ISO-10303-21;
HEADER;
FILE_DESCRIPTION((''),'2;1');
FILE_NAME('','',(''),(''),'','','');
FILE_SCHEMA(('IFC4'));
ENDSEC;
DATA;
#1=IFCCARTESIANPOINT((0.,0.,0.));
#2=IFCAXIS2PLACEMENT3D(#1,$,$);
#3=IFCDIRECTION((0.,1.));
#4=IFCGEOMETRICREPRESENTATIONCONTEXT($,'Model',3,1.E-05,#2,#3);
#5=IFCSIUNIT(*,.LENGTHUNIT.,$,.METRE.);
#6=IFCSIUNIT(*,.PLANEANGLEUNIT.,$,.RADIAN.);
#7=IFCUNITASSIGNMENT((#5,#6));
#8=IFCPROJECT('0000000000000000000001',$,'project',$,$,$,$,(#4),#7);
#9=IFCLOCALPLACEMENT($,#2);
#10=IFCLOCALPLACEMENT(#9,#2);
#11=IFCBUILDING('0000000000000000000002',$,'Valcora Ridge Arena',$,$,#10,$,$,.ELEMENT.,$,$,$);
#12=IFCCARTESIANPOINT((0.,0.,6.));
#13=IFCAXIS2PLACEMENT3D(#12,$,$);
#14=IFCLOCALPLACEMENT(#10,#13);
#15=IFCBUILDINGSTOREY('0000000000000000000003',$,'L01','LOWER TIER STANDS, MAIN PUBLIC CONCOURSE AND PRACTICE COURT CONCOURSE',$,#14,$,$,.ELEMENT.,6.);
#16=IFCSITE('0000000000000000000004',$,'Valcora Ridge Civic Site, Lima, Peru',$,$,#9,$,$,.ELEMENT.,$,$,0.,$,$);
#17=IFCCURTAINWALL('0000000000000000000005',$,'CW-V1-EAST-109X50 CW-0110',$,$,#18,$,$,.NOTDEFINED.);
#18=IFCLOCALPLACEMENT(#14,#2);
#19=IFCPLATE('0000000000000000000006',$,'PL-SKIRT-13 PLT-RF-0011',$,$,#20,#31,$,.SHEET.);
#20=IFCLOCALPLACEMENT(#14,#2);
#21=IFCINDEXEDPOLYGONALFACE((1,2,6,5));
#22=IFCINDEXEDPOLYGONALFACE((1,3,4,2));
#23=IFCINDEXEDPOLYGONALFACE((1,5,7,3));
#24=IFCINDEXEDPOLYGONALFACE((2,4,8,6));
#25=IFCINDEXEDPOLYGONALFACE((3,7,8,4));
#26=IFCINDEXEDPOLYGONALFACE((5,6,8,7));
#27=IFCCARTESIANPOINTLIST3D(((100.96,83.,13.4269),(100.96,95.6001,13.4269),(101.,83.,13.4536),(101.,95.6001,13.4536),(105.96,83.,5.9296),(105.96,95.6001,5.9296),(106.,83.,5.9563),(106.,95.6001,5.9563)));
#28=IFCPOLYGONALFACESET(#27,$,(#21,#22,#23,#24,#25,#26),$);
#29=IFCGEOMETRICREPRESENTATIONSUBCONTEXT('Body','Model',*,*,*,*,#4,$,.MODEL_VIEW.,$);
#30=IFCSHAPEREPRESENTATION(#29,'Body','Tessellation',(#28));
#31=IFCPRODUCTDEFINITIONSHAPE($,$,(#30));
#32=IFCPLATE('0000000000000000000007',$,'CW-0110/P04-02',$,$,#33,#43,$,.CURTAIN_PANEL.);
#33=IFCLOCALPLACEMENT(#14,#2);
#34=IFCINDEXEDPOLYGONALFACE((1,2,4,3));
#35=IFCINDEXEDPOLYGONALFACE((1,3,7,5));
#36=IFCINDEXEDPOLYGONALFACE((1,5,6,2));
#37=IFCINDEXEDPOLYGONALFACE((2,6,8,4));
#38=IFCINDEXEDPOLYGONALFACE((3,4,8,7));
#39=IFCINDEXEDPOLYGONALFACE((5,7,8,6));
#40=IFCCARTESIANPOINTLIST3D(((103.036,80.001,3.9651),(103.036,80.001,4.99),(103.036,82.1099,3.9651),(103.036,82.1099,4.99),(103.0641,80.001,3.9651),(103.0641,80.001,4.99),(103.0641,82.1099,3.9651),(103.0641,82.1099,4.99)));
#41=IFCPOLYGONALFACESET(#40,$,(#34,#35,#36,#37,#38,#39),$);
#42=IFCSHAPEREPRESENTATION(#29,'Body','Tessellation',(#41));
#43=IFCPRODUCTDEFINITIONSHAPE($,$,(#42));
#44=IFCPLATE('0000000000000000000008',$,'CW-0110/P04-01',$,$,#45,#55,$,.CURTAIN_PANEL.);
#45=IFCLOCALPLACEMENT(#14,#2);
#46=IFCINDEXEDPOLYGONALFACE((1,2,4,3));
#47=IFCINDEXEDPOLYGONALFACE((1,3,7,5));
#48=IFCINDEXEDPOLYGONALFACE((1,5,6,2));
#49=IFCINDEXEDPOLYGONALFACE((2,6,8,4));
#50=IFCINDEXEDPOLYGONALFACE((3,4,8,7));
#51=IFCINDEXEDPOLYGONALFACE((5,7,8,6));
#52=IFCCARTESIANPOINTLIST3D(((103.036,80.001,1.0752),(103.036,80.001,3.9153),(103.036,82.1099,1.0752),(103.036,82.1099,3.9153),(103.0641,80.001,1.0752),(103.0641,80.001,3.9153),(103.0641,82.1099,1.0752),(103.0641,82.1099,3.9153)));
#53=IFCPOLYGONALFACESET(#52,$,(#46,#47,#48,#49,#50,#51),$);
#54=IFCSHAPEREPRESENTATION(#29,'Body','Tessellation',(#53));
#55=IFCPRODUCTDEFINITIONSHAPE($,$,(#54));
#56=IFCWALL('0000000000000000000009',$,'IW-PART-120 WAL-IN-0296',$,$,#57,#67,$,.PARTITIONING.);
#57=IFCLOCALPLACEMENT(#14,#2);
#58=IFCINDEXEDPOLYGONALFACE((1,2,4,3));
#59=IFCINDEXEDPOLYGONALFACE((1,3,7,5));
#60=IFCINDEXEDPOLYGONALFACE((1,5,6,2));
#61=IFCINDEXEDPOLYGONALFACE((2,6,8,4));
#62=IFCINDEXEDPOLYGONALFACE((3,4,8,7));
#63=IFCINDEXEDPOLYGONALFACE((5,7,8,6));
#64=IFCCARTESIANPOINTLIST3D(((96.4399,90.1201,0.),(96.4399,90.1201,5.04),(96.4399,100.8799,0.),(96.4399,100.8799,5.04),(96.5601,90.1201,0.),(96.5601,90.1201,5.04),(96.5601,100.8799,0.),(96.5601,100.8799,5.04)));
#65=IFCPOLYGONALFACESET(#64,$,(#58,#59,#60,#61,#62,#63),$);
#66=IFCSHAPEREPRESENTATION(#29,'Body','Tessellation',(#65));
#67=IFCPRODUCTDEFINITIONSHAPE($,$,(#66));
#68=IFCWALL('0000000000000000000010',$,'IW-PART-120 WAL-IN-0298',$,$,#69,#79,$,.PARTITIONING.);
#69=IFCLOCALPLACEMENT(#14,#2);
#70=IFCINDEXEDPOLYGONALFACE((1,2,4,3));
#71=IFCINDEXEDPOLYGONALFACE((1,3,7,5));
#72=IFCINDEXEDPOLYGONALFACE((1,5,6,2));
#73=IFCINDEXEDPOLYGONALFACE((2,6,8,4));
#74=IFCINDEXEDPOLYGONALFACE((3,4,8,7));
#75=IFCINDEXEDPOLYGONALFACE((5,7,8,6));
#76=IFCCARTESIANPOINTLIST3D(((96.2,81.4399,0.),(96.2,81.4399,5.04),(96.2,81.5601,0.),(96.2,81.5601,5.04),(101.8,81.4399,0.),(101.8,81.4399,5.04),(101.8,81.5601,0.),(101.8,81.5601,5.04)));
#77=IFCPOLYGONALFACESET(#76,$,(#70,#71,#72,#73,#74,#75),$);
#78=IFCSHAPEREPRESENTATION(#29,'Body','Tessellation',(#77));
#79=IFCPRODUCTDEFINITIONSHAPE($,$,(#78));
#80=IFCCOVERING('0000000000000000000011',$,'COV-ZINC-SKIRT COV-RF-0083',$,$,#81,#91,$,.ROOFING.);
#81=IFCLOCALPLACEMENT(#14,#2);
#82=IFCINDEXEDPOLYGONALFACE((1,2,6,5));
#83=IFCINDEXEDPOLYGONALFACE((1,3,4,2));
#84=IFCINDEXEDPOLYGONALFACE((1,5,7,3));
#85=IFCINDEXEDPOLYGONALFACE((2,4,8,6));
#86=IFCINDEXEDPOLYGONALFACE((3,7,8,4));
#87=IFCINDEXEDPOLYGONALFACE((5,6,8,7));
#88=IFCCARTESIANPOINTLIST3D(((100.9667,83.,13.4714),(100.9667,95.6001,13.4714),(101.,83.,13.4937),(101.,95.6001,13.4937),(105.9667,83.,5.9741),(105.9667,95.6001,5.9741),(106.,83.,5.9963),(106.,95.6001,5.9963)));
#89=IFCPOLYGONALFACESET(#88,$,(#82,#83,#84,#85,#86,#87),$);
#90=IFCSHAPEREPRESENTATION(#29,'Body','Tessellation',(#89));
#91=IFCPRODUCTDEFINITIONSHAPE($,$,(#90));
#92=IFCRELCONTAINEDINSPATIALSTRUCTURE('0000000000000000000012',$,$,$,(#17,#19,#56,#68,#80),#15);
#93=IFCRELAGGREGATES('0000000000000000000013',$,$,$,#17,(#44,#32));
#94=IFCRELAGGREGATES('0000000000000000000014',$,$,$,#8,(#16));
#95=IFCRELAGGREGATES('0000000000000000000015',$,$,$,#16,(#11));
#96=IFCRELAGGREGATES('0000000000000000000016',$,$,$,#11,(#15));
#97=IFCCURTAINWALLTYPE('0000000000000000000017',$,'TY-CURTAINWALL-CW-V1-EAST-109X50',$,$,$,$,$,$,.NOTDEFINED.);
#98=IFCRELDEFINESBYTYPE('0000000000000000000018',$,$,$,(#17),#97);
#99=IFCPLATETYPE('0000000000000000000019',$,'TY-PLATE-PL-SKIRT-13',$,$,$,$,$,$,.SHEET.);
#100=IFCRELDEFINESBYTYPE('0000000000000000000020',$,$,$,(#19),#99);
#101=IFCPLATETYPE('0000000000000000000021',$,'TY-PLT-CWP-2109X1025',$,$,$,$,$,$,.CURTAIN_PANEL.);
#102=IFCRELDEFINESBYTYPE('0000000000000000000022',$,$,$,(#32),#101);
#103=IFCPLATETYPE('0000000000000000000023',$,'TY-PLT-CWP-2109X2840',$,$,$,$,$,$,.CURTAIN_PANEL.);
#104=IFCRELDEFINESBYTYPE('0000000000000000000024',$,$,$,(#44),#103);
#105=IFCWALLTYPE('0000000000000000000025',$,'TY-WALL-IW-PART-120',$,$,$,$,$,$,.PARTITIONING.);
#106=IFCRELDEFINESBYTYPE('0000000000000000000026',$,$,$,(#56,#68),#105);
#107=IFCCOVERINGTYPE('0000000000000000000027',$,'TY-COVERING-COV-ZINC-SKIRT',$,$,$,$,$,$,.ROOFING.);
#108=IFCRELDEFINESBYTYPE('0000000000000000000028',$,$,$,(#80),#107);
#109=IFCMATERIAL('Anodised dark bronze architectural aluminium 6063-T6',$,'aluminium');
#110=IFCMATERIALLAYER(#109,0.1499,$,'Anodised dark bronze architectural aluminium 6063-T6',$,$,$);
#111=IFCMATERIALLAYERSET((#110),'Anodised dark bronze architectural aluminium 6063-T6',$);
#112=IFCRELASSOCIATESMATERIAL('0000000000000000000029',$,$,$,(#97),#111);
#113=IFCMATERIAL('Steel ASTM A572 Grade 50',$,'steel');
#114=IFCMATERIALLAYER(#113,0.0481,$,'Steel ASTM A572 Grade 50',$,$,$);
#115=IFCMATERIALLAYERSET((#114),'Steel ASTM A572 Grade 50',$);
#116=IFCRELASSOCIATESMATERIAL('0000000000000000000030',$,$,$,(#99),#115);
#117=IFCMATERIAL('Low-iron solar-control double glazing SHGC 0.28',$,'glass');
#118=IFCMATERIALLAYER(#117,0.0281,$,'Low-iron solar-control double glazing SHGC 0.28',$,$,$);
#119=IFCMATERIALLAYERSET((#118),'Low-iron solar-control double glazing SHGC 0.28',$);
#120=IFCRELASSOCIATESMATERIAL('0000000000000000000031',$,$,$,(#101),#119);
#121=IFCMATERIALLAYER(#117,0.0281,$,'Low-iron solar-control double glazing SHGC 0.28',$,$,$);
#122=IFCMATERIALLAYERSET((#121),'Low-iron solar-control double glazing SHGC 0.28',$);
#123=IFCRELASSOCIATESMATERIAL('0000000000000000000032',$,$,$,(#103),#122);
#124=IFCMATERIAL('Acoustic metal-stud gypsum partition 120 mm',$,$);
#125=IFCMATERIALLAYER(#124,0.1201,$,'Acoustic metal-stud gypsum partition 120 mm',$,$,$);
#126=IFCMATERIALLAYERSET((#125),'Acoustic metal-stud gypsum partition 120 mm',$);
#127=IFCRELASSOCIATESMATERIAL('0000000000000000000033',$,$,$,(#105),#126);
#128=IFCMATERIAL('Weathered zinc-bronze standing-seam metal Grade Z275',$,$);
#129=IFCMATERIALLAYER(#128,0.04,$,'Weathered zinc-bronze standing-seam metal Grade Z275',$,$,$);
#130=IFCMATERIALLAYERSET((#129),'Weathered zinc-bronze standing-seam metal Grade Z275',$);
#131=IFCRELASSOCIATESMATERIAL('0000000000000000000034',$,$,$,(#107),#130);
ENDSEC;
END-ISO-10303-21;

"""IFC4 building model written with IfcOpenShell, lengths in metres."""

from ifc_helpers import new_model, si_unit, direction, frame, frame_2d, origin, origin_2d, place, context, subcontext, project, spatial, polyline, rectangle, outline, extrude, material, layer, layer_set, type_object, element, aggregate, save


model = new_model("IFC4")

# Units and contexts
model_context = context("Model", 3, precision=1e-05, world=origin(), true_north=direction((0.0, 1.0)))
body_context = subcontext(model_context, "Body", "Model", "MODEL_VIEW")
ifc_project = project(units=[si_unit("LENGTHUNIT", "METRE"), si_unit("PLANEANGLEUNIT", "RADIAN")], contexts=[model_context])

# Site, building, storey
site_placement = place(None, origin())
site = spatial("IfcSite", under=ifc_project, at=site_placement, Name="Valcora Ridge Civic Site, Lima, Peru", CompositionType="ELEMENT", RefElevation=0.0)
building_placement = place(site_placement, origin())
building = spatial("IfcBuilding", under=site, at=building_placement, Name="Valcora Ridge Arena", CompositionType="ELEMENT")
storey_placement = place(building_placement, frame((0.0, 0.0, 6.0)))
storey = spatial("IfcBuildingStorey", under=building, at=storey_placement, Name="L01", Description="LOWER TIER STANDS, MAIN PUBLIC CONCOURSE AND PRACTICE COURT CONCOURSE", CompositionType="ELEMENT", Elevation=6.0)

# Curtain wall
ifc_material_1 = material(Name="Anodised dark bronze architectural aluminium 6063-T6", Category="aluminium")
ifc_layer_1 = layer(ifc_material_1, 0.1499, Name="Anodised dark bronze architectural aluminium 6063-T6")
ifc_layer_set_1 = layer_set([ifc_layer_1], Name="Anodised dark bronze architectural aluminium 6063-T6")
curtain_wall_type = type_object("IfcCurtainWallType", Name="TY-CURTAINWALL-CW-V1-EAST-109X50", PredefinedType="NOTDEFINED", material=ifc_layer_set_1)
curtain_wall_1_placement = place(storey_placement, origin())
curtain_wall_1 = element("IfcCurtainWall", 1, at=curtain_wall_1_placement, inside=storey, type_object=curtain_wall_type, Name="CW-V1-EAST-109X50 CW-0110", PredefinedType="NOTDEFINED")

# Plate
ifc_material_2 = material(Name="Steel ASTM A572 Grade 50", Category="steel")
ifc_layer_2 = layer(ifc_material_2, 0.0481, Name="Steel ASTM A572 Grade 50")
ifc_layer_set_2 = layer_set([ifc_layer_2], Name="Steel ASTM A572 Grade 50")
plate_type_1 = type_object("IfcPlateType", Name="TY-PLATE-PL-SKIRT-13", PredefinedType="SHEET", material=ifc_layer_set_2)
plate_1_placement = place(storey_placement, frame((101.0, 83.0, 13.4536), z_axis=(0.831959, 0.0, 0.554838), x_axis=(0.554838, 0.0, -0.831959)))
element("IfcPlate", 2, at=plate_1_placement, inside=storey, type_object=plate_type_1, Name="PL-SKIRT-13 PLT-RF-0011", PredefinedType="SHEET", context=body_context, shape_type="SweptSolid", body=[
    extrude(outline(polyline([(0.0, 0.0), (9.0116, 0.0), (9.0116, 12.6001), (0.0, 12.6001), (0.0, 0.0)])), origin(), (0.0, 0.0, -1.0), 0.0481),
])

# Plates
ifc_material_3 = material(Name="Low-iron solar-control double glazing SHGC 0.28", Category="glass")
ifc_layer_3 = layer(ifc_material_3, 0.0281, Name="Low-iron solar-control double glazing SHGC 0.28")
ifc_layer_set_3 = layer_set([ifc_layer_3], Name="Low-iron solar-control double glazing SHGC 0.28")
plate_type_2 = type_object("IfcPlateType", Name="TY-PLT-CWP-2109X1025", PredefinedType="CURTAIN_PANEL", material=ifc_layer_set_3)
plate_2_placement = place(storey_placement, frame((103.05, 81.0554, 3.9651), z_axis=(0.0, 0.0, 1.0), x_axis=(0.0, 1.0, 0.0)))
plate_2 = element("IfcPlate", 3, at=plate_2_placement, type_object=plate_type_2, Name="CW-0110/P04-02", PredefinedType="CURTAIN_PANEL", context=body_context, shape_type="SweptSolid", body=[
    extrude(rectangle(XDim=2.1089, YDim=0.0281, at=origin_2d()), origin(), (0.0, 0.0, 1.0), 1.0249),
])
ifc_layer_4 = layer(ifc_material_3, 0.0281, Name="Low-iron solar-control double glazing SHGC 0.28")
ifc_layer_set_4 = layer_set([ifc_layer_4], Name="Low-iron solar-control double glazing SHGC 0.28")
plate_type_3 = type_object("IfcPlateType", Name="TY-PLT-CWP-2109X2840", PredefinedType="CURTAIN_PANEL", material=ifc_layer_set_4)
plate_3_placement = place(storey_placement, frame((103.05, 81.0554, 1.0752), z_axis=(0.0, 0.0, 1.0), x_axis=(0.0, 1.0, 0.0)))
plate_3 = element("IfcPlate", 4, at=plate_3_placement, type_object=plate_type_3, Name="CW-0110/P04-01", PredefinedType="CURTAIN_PANEL", context=body_context, shape_type="SweptSolid", body=[
    extrude(rectangle(XDim=2.1089, YDim=0.0281, at=origin_2d()), origin(), (0.0, 0.0, 1.0), 2.8401),
])
aggregate(curtain_wall_1, [plate_3, plate_2])

# Walls
ifc_material_4 = material(Name="Acoustic metal-stud gypsum partition 120 mm")
ifc_layer_5 = layer(ifc_material_4, 0.1201, Name="Acoustic metal-stud gypsum partition 120 mm")
ifc_layer_set_5 = layer_set([ifc_layer_5], Name="Acoustic metal-stud gypsum partition 120 mm")
wall_type = type_object("IfcWallType", Name="TY-WALL-IW-PART-120", PredefinedType="PARTITIONING", material=ifc_layer_set_5)
wall_1_placement = place(storey_placement, frame((96.5, 90.1201, 0.0), z_axis=(0.0, 0.0, 1.0), x_axis=(0.0, 1.0, 0.0)))
element("IfcWall", 5, at=wall_1_placement, inside=storey, type_object=wall_type, Name="IW-PART-120 WAL-IN-0296", PredefinedType="PARTITIONING", context=body_context, shape_type="SweptSolid", body=[
    extrude(rectangle(XDim=10.7598, YDim=0.1201, at=frame_2d((5.3799, 0.0))), origin(), (0.0, 0.0, 1.0), 5.04),
])
wall_2_placement = place(storey_placement, frame((96.2, 81.5, 0.0), z_axis=(0.0, 0.0, 1.0), x_axis=(1.0, 0.0, 0.0)))
element("IfcWall", 6, at=wall_2_placement, inside=storey, type_object=wall_type, Name="IW-PART-120 WAL-IN-0298", PredefinedType="PARTITIONING", context=body_context, shape_type="SweptSolid", body=[
    extrude(rectangle(XDim=5.6001, YDim=0.1201, at=frame_2d((2.8, 0.0))), origin(), (0.0, 0.0, 1.0), 5.04),
])

# Covering
ifc_material_5 = material(Name="Weathered zinc-bronze standing-seam metal Grade Z275")
ifc_layer_6 = layer(ifc_material_5, 0.04, Name="Weathered zinc-bronze standing-seam metal Grade Z275")
ifc_layer_set_6 = layer_set([ifc_layer_6], Name="Weathered zinc-bronze standing-seam metal Grade Z275")
covering_type = type_object("IfcCoveringType", Name="TY-COVERING-COV-ZINC-SKIRT", PredefinedType="ROOFING", material=ifc_layer_set_6)
covering_placement = place(storey_placement, frame((101.0, 83.0, 13.4937), z_axis=(0.831959, 0.0, 0.554838), x_axis=(0.554838, 0.0, -0.831959)))
element("IfcCovering", 7, at=covering_placement, inside=storey, type_object=covering_type, Name="COV-ZINC-SKIRT COV-RF-0083", PredefinedType="ROOFING", context=body_context, shape_type="SweptSolid", body=[
    extrude(outline(polyline([(0.0, 0.0), (9.0116, 0.0), (9.0116, 12.6001), (0.0, 12.6001), (0.0, 0.0)])), origin(), (0.0, 0.0, -1.0), 0.04),
])

save(model, "model.ifc")
